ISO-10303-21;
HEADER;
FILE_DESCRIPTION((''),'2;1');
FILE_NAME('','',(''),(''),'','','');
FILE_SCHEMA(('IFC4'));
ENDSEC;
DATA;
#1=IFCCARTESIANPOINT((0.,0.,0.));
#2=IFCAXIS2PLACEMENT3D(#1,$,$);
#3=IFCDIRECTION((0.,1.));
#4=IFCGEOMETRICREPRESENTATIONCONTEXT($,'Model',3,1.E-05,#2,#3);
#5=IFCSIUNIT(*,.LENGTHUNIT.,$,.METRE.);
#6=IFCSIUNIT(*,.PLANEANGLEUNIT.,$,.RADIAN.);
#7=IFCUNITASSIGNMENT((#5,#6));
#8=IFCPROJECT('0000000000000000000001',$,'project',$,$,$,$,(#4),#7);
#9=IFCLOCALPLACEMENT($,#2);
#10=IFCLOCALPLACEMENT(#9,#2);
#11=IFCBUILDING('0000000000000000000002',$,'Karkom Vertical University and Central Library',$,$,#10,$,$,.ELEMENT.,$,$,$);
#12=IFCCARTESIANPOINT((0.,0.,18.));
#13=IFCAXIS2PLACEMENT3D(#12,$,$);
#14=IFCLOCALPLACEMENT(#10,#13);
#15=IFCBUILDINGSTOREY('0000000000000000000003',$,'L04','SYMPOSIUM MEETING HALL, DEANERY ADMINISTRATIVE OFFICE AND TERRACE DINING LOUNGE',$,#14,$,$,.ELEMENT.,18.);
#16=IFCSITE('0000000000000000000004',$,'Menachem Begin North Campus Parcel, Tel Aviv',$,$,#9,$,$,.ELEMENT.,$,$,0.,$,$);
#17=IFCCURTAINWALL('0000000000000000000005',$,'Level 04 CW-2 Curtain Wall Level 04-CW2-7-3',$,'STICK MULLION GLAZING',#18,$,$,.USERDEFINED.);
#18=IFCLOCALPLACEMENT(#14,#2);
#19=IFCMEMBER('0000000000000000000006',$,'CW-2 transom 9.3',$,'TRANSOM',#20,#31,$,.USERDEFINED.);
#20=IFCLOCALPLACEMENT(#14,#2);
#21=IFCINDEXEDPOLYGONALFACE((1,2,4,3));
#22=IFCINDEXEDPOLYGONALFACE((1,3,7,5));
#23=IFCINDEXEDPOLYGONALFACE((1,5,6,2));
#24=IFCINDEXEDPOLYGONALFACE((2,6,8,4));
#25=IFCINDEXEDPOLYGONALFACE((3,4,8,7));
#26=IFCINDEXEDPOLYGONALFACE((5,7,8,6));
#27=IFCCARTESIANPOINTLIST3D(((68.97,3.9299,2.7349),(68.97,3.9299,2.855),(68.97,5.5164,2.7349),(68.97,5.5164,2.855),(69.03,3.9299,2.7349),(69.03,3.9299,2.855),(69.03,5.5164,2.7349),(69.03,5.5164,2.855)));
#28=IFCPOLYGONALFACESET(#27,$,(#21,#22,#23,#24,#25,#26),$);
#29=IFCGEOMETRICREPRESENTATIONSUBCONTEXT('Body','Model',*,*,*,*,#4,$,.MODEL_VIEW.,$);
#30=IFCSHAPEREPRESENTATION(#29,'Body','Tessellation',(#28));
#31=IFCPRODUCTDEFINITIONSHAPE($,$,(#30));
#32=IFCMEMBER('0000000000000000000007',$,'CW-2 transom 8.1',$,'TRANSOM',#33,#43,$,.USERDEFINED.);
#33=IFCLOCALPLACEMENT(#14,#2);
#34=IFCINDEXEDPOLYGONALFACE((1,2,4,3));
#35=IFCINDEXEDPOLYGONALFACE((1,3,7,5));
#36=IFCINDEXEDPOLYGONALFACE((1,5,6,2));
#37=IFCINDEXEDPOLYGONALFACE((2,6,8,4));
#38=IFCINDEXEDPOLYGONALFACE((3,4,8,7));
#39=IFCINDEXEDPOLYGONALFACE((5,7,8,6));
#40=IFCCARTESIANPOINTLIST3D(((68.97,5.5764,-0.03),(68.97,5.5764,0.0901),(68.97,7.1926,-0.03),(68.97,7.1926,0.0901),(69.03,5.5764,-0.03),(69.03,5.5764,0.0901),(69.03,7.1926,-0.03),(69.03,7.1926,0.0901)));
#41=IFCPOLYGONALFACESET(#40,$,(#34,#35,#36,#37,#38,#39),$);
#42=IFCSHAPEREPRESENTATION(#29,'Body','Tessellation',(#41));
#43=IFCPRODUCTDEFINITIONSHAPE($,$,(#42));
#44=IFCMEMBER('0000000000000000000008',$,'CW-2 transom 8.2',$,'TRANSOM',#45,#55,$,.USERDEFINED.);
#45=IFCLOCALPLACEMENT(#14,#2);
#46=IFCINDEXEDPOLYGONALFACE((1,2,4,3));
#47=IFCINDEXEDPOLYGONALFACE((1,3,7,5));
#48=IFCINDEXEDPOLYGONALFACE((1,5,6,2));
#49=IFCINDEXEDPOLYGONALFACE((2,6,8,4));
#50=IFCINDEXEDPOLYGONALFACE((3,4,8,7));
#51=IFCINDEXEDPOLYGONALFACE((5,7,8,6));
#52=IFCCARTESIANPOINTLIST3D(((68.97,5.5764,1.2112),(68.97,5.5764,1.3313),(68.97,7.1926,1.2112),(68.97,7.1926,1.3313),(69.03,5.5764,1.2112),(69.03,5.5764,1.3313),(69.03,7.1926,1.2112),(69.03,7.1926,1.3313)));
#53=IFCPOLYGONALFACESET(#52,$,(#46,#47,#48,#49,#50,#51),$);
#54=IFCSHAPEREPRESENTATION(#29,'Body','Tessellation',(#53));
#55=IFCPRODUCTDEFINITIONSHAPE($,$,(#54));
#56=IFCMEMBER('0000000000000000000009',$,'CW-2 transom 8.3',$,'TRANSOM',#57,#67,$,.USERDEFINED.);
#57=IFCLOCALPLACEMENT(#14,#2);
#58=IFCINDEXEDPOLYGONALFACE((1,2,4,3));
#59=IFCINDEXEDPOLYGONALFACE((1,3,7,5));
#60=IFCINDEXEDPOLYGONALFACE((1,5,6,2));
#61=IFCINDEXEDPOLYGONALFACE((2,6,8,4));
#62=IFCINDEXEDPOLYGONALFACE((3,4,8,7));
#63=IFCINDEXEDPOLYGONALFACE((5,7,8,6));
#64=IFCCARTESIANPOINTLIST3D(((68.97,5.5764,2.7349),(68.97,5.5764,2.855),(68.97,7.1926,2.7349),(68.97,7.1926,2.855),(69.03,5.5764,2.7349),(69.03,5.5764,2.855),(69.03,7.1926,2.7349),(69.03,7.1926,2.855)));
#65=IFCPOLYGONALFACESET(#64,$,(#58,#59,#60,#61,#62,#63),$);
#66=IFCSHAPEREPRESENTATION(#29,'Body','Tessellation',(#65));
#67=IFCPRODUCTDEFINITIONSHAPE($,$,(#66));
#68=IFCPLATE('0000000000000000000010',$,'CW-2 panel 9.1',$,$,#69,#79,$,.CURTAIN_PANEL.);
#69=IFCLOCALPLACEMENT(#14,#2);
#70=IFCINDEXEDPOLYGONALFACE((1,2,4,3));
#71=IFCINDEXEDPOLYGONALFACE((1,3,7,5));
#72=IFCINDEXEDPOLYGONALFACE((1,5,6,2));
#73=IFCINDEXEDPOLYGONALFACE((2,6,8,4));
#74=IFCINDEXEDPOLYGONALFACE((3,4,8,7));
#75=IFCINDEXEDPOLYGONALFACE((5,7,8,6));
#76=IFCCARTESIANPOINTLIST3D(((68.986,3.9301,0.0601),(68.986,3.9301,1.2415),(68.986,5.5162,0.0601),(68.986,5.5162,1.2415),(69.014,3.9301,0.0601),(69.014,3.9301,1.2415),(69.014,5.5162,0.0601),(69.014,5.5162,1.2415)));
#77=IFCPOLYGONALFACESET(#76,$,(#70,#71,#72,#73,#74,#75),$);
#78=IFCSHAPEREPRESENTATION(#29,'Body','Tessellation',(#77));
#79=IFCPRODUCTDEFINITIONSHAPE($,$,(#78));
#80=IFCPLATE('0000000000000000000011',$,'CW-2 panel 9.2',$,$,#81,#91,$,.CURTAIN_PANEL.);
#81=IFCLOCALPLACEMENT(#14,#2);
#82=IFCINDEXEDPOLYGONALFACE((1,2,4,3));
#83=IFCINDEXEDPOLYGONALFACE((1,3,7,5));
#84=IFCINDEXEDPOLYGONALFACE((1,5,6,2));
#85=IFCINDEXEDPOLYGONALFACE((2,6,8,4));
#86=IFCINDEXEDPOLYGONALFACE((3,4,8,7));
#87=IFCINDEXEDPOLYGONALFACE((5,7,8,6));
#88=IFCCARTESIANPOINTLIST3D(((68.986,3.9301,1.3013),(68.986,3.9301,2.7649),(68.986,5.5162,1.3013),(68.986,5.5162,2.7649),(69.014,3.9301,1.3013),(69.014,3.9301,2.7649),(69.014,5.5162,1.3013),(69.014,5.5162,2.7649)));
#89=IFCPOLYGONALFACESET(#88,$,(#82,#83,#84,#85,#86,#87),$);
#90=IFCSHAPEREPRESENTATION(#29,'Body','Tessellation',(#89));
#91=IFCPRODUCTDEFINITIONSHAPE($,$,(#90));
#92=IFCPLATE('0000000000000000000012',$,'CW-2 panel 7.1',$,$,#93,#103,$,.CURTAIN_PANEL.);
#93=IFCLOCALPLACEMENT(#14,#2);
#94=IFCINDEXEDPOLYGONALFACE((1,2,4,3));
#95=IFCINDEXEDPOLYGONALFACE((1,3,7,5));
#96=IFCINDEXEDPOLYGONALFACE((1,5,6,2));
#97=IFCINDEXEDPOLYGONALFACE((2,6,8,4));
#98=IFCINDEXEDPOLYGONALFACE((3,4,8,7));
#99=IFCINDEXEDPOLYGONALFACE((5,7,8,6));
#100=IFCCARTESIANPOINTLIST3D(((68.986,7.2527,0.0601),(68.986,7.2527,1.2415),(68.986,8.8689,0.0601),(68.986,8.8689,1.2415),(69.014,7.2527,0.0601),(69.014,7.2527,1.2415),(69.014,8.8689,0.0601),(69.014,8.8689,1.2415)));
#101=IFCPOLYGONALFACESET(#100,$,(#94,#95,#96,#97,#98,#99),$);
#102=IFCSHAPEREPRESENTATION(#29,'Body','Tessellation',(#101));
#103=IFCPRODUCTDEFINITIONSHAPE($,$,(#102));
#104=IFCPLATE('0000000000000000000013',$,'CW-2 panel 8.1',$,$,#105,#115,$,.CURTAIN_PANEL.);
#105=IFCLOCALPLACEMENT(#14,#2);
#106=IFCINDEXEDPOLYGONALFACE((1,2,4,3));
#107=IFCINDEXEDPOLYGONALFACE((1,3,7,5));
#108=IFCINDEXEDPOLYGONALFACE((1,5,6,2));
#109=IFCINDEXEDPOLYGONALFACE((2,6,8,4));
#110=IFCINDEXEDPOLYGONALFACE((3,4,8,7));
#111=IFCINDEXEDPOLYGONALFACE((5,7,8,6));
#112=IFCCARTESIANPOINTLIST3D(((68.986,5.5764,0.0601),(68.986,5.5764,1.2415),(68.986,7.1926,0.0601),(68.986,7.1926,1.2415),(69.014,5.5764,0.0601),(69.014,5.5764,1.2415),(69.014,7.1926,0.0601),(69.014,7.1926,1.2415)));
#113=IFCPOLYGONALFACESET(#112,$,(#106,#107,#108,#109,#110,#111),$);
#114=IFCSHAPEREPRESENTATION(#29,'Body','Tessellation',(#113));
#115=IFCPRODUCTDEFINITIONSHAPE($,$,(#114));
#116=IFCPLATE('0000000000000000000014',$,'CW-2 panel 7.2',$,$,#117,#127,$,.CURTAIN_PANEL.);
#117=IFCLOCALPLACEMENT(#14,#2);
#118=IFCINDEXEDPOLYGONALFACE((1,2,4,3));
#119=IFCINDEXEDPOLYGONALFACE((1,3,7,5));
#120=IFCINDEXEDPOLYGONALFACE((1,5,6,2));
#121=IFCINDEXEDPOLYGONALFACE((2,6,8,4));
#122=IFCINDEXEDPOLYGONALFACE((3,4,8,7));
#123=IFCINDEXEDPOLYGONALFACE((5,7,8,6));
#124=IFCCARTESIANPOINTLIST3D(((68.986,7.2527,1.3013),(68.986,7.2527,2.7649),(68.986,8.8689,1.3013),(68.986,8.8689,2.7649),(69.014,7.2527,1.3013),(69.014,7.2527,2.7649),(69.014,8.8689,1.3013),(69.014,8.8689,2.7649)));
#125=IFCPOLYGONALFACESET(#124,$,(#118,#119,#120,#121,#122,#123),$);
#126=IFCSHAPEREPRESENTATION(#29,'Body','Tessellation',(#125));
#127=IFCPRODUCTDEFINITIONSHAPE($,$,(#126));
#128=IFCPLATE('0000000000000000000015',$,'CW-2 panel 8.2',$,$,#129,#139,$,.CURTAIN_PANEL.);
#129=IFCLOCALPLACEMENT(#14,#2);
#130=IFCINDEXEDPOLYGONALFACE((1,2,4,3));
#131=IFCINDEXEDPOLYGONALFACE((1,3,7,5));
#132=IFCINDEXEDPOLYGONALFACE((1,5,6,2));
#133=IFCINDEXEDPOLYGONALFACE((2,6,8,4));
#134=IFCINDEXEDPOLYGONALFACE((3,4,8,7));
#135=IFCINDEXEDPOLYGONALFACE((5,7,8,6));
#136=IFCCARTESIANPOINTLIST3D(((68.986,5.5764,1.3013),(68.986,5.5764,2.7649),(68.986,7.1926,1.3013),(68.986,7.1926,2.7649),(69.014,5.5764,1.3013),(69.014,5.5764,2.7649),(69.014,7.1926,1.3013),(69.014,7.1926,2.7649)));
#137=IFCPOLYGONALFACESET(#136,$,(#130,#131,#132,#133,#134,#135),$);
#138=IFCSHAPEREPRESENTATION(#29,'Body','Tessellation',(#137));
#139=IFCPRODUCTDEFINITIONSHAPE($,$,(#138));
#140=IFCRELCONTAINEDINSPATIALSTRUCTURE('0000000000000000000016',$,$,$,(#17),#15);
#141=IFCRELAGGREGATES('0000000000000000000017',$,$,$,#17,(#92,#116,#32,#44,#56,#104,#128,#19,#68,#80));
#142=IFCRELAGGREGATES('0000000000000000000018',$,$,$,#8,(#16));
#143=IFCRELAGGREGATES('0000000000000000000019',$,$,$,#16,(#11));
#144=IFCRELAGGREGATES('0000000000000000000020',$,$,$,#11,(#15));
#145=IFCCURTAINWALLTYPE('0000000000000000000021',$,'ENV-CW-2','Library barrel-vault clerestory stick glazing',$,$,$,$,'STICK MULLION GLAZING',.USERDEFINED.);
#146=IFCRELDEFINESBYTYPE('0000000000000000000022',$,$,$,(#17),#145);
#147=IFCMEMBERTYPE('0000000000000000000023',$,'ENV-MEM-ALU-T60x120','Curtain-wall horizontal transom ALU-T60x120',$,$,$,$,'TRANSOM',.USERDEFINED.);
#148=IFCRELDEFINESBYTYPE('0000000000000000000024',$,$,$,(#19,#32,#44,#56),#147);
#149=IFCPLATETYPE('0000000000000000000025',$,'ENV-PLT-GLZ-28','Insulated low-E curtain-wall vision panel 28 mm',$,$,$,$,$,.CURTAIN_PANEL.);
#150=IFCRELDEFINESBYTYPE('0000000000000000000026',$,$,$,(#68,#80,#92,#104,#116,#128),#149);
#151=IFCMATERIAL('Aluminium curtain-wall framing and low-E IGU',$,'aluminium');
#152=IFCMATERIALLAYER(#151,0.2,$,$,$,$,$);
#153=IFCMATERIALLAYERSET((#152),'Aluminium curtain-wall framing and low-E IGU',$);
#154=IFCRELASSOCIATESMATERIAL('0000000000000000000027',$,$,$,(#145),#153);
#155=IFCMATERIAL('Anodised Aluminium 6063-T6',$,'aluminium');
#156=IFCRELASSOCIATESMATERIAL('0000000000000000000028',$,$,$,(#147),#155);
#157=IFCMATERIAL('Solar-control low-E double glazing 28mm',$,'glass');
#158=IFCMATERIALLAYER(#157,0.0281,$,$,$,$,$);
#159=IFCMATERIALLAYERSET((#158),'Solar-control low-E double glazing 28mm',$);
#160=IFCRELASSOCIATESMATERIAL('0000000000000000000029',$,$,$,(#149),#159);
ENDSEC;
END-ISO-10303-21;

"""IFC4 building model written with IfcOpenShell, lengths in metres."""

from ifc_helpers import new_model, si_unit, direction, frame, origin, origin_with_axes, origin_2d, place, context, subcontext, project, spatial, rectangle, extrude, source, transform, mapped, material, layer, layer_set, material_profile, profile_set, type_object, element, aggregate, save


model = new_model("IFC4")

# Units and contexts
model_context = context("Model", 3, precision=1e-05, world=origin(), true_north=direction((0.0, 1.0)))
body_context = subcontext(model_context, "Body", "Model", "MODEL_VIEW")
ifc_project = project(units=[si_unit("LENGTHUNIT", "METRE"), si_unit("PLANEANGLEUNIT", "RADIAN")], contexts=[model_context])

# Site, building, storey
site_placement = place(None, origin())
site = spatial("IfcSite", under=ifc_project, at=site_placement, Name="Menachem Begin North Campus Parcel, Tel Aviv", CompositionType="ELEMENT", RefElevation=0.0)
building_placement = place(site_placement, origin())
building = spatial("IfcBuilding", under=site, at=building_placement, Name="Karkom Vertical University and Central Library", CompositionType="ELEMENT")
storey_placement = place(building_placement, frame((0.0, 0.0, 18.0)))
storey = spatial("IfcBuildingStorey", under=building, at=storey_placement, Name="L04", Description="SYMPOSIUM MEETING HALL, DEANERY ADMINISTRATIVE OFFICE AND TERRACE DINING LOUNGE", CompositionType="ELEMENT", Elevation=18.0)

# Curtain wall, members, plates
ifc_material_1 = material(Name="Aluminium curtain-wall framing and low-E IGU", Category="aluminium")
ifc_layer_1 = layer(ifc_material_1, 0.2)
ifc_layer_set_1 = layer_set([ifc_layer_1], Name="Aluminium curtain-wall framing and low-E IGU")
curtain_wall_type = type_object("IfcCurtainWallType", Name="ENV-CW-2", Description="Library barrel-vault clerestory stick glazing", ElementType="STICK MULLION GLAZING", PredefinedType="USERDEFINED", material=ifc_layer_set_1)
curtain_wall_placement = place(storey_placement, origin())
curtain_wall = element("IfcCurtainWall", 1, at=curtain_wall_placement, inside=storey, type_object=curtain_wall_type, Name="Level 04 CW-2 Curtain Wall Level 04-CW2-7-3", ObjectType="STICK MULLION GLAZING", PredefinedType="USERDEFINED")
ifc_material_2 = material(Name="Anodised Aluminium 6063-T6", Category="aluminium")
ifc_material_profile_1 = material_profile(ifc_material_2, rectangle(XDim=0.0601, YDim=0.1201, at=origin_2d()), Name="ALU-T60x120")
ifc_profile_set_1 = profile_set([ifc_material_profile_1], Name="Anodised Aluminium 6063-T6")
member_type_1 = type_object("IfcMemberType", Name="ENV-MEM-ALU-T60x120", Description="Curtain-wall horizontal transom ALU-T60x120", ElementType="TRANSOM", PredefinedType="USERDEFINED", material=ifc_profile_set_1)
shared_shape_1 = source(origin_with_axes(), body_context, "Body", "SweptSolid", [
    extrude(rectangle(XDim=0.0601, YDim=0.1201, at=origin_2d()), origin(), (0.0, 0.0, 1.0), 1.5864),
])
member_1_placement = place(storey_placement, frame((69.0, 5.5164, 2.7949), z_axis=(0.0, -1.0, 0.0), x_axis=(1.0, 0.0, 0.0)))
member_1 = element("IfcMember", 2, at=member_1_placement, type_object=member_type_1, Name="CW-2 transom 9.3", ObjectType="TRANSOM", PredefinedType="USERDEFINED", context=body_context, shape_type="MappedRepresentation", body=[
    mapped(shared_shape_1, transform((0.0, 0.0, 0.0), scale=1.0)),
])
shared_shape_2 = source(origin_with_axes(), body_context, "Body", "SweptSolid", [
    extrude(rectangle(XDim=0.0601, YDim=0.1201, at=origin_2d()), origin(), (0.0, 0.0, 1.0), 1.6162),
])
member_2_placement = place(storey_placement, frame((69.0, 7.1926, 0.03), z_axis=(0.0, -1.0, 0.0), x_axis=(1.0, 0.0, 0.0)))
member_2 = element("IfcMember", 3, at=member_2_placement, type_object=member_type_1, Name="CW-2 transom 8.1", ObjectType="TRANSOM", PredefinedType="USERDEFINED", context=body_context, shape_type="MappedRepresentation", body=[
    mapped(shared_shape_2, transform((0.0, 0.0, 0.0), scale=1.0)),
])
member_3_placement = place(storey_placement, frame((69.0, 7.1926, 1.2712), z_axis=(0.0, -1.0, 0.0), x_axis=(1.0, 0.0, 0.0)))
member_3 = element("IfcMember", 4, at=member_3_placement, type_object=member_type_1, Name="CW-2 transom 8.2", ObjectType="TRANSOM", PredefinedType="USERDEFINED", context=body_context, shape_type="MappedRepresentation", body=[
    mapped(shared_shape_2, transform((0.0, 0.0, 0.0), scale=1.0)),
])
member_4_placement = place(storey_placement, frame((69.0, 7.1926, 2.7949), z_axis=(0.0, -1.0, 0.0), x_axis=(1.0, 0.0, 0.0)))
member_4 = element("IfcMember", 5, at=member_4_placement, type_object=member_type_1, Name="CW-2 transom 8.3", ObjectType="TRANSOM", PredefinedType="USERDEFINED", context=body_context, shape_type="MappedRepresentation", body=[
    mapped(shared_shape_2, transform((0.0, 0.0, 0.0), scale=1.0)),
])
ifc_material_3 = material(Name="Solar-control low-E double glazing 28mm", Category="glass")
ifc_layer_2 = layer(ifc_material_3, 0.0281)
ifc_layer_set_2 = layer_set([ifc_layer_2], Name="Solar-control low-E double glazing 28mm")
plate_type = type_object("IfcPlateType", Name="ENV-PLT-GLZ-28", Description="Insulated low-E curtain-wall vision panel 28 mm", PredefinedType="CURTAIN_PANEL", material=ifc_layer_set_2)
shared_shape_3 = source(origin_with_axes(), body_context, "Body", "SweptSolid", [
    extrude(rectangle(XDim=1.5862, YDim=0.0281, at=origin_2d()), origin(), (0.0, 0.0, 1.0), 1.1814),
])
plate_1_placement = place(storey_placement, frame((69.0, 4.7231, 0.0601), z_axis=(0.0, 0.0, 1.0), x_axis=(0.0, -1.0, 0.0)))
plate_1 = element("IfcPlate", 6, at=plate_1_placement, type_object=plate_type, Name="CW-2 panel 9.1", PredefinedType="CURTAIN_PANEL", context=body_context, shape_type="MappedRepresentation", body=[
    mapped(shared_shape_3, transform((0.0, 0.0, 0.0), scale=1.0)),
])
shared_shape_4 = source(origin_with_axes(), body_context, "Body", "SweptSolid", [
    extrude(rectangle(XDim=1.5862, YDim=0.0281, at=origin_2d()), origin(), (0.0, 0.0, 1.0), 1.4636),
])
plate_2_placement = place(storey_placement, frame((69.0, 4.7231, 1.3013), z_axis=(0.0, 0.0, 1.0), x_axis=(0.0, -1.0, 0.0)))
plate_2 = element("IfcPlate", 7, at=plate_2_placement, type_object=plate_type, Name="CW-2 panel 9.2", PredefinedType="CURTAIN_PANEL", context=body_context, shape_type="MappedRepresentation", body=[
    mapped(shared_shape_4, transform((0.0, 0.0, 0.0), scale=1.0)),
])
shared_shape_5 = source(origin_with_axes(), body_context, "Body", "SweptSolid", [
    extrude(rectangle(XDim=1.6162, YDim=0.0281, at=origin_2d()), origin(), (0.0, 0.0, 1.0), 1.1814),
])
plate_3_placement = place(storey_placement, frame((69.0, 8.0608, 0.0601), z_axis=(0.0, 0.0, 1.0), x_axis=(0.0, -1.0, 0.0)))
plate_3 = element("IfcPlate", 8, at=plate_3_placement, type_object=plate_type, Name="CW-2 panel 7.1", PredefinedType="CURTAIN_PANEL", context=body_context, shape_type="MappedRepresentation", body=[
    mapped(shared_shape_5, transform((0.0, 0.0, 0.0), scale=1.0)),
])
plate_4_placement = place(storey_placement, frame((69.0, 6.3845, 0.0601), z_axis=(0.0, 0.0, 1.0), x_axis=(0.0, -1.0, 0.0)))
plate_4 = element("IfcPlate", 9, at=plate_4_placement, type_object=plate_type, Name="CW-2 panel 8.1", PredefinedType="CURTAIN_PANEL", context=body_context, shape_type="MappedRepresentation", body=[
    mapped(shared_shape_5, transform((0.0, 0.0, 0.0), scale=1.0)),
])
shared_shape_6 = source(origin_with_axes(), body_context, "Body", "SweptSolid", [
    extrude(rectangle(XDim=1.6162, YDim=0.0281, at=origin_2d()), origin(), (0.0, 0.0, 1.0), 1.4636),
])
plate_5_placement = place(storey_placement, frame((69.0, 8.0608, 1.3013), z_axis=(0.0, 0.0, 1.0), x_axis=(0.0, -1.0, 0.0)))
plate_5 = element("IfcPlate", 10, at=plate_5_placement, type_object=plate_type, Name="CW-2 panel 7.2", PredefinedType="CURTAIN_PANEL", context=body_context, shape_type="MappedRepresentation", body=[
    mapped(shared_shape_6, transform((0.0, 0.0, 0.0), scale=1.0)),
])
plate_6_placement = place(storey_placement, frame((69.0, 6.3845, 1.3013), z_axis=(0.0, 0.0, 1.0), x_axis=(0.0, -1.0, 0.0)))
plate_6 = element("IfcPlate", 11, at=plate_6_placement, type_object=plate_type, Name="CW-2 panel 8.2", PredefinedType="CURTAIN_PANEL", context=body_context, shape_type="MappedRepresentation", body=[
    mapped(shared_shape_6, transform((0.0, 0.0, 0.0), scale=1.0)),
])
aggregate(curtain_wall, [plate_3, plate_5, member_2, member_3, member_4, plate_4, plate_6, member_1, plate_1, plate_2])

save(model, "model.ifc")
